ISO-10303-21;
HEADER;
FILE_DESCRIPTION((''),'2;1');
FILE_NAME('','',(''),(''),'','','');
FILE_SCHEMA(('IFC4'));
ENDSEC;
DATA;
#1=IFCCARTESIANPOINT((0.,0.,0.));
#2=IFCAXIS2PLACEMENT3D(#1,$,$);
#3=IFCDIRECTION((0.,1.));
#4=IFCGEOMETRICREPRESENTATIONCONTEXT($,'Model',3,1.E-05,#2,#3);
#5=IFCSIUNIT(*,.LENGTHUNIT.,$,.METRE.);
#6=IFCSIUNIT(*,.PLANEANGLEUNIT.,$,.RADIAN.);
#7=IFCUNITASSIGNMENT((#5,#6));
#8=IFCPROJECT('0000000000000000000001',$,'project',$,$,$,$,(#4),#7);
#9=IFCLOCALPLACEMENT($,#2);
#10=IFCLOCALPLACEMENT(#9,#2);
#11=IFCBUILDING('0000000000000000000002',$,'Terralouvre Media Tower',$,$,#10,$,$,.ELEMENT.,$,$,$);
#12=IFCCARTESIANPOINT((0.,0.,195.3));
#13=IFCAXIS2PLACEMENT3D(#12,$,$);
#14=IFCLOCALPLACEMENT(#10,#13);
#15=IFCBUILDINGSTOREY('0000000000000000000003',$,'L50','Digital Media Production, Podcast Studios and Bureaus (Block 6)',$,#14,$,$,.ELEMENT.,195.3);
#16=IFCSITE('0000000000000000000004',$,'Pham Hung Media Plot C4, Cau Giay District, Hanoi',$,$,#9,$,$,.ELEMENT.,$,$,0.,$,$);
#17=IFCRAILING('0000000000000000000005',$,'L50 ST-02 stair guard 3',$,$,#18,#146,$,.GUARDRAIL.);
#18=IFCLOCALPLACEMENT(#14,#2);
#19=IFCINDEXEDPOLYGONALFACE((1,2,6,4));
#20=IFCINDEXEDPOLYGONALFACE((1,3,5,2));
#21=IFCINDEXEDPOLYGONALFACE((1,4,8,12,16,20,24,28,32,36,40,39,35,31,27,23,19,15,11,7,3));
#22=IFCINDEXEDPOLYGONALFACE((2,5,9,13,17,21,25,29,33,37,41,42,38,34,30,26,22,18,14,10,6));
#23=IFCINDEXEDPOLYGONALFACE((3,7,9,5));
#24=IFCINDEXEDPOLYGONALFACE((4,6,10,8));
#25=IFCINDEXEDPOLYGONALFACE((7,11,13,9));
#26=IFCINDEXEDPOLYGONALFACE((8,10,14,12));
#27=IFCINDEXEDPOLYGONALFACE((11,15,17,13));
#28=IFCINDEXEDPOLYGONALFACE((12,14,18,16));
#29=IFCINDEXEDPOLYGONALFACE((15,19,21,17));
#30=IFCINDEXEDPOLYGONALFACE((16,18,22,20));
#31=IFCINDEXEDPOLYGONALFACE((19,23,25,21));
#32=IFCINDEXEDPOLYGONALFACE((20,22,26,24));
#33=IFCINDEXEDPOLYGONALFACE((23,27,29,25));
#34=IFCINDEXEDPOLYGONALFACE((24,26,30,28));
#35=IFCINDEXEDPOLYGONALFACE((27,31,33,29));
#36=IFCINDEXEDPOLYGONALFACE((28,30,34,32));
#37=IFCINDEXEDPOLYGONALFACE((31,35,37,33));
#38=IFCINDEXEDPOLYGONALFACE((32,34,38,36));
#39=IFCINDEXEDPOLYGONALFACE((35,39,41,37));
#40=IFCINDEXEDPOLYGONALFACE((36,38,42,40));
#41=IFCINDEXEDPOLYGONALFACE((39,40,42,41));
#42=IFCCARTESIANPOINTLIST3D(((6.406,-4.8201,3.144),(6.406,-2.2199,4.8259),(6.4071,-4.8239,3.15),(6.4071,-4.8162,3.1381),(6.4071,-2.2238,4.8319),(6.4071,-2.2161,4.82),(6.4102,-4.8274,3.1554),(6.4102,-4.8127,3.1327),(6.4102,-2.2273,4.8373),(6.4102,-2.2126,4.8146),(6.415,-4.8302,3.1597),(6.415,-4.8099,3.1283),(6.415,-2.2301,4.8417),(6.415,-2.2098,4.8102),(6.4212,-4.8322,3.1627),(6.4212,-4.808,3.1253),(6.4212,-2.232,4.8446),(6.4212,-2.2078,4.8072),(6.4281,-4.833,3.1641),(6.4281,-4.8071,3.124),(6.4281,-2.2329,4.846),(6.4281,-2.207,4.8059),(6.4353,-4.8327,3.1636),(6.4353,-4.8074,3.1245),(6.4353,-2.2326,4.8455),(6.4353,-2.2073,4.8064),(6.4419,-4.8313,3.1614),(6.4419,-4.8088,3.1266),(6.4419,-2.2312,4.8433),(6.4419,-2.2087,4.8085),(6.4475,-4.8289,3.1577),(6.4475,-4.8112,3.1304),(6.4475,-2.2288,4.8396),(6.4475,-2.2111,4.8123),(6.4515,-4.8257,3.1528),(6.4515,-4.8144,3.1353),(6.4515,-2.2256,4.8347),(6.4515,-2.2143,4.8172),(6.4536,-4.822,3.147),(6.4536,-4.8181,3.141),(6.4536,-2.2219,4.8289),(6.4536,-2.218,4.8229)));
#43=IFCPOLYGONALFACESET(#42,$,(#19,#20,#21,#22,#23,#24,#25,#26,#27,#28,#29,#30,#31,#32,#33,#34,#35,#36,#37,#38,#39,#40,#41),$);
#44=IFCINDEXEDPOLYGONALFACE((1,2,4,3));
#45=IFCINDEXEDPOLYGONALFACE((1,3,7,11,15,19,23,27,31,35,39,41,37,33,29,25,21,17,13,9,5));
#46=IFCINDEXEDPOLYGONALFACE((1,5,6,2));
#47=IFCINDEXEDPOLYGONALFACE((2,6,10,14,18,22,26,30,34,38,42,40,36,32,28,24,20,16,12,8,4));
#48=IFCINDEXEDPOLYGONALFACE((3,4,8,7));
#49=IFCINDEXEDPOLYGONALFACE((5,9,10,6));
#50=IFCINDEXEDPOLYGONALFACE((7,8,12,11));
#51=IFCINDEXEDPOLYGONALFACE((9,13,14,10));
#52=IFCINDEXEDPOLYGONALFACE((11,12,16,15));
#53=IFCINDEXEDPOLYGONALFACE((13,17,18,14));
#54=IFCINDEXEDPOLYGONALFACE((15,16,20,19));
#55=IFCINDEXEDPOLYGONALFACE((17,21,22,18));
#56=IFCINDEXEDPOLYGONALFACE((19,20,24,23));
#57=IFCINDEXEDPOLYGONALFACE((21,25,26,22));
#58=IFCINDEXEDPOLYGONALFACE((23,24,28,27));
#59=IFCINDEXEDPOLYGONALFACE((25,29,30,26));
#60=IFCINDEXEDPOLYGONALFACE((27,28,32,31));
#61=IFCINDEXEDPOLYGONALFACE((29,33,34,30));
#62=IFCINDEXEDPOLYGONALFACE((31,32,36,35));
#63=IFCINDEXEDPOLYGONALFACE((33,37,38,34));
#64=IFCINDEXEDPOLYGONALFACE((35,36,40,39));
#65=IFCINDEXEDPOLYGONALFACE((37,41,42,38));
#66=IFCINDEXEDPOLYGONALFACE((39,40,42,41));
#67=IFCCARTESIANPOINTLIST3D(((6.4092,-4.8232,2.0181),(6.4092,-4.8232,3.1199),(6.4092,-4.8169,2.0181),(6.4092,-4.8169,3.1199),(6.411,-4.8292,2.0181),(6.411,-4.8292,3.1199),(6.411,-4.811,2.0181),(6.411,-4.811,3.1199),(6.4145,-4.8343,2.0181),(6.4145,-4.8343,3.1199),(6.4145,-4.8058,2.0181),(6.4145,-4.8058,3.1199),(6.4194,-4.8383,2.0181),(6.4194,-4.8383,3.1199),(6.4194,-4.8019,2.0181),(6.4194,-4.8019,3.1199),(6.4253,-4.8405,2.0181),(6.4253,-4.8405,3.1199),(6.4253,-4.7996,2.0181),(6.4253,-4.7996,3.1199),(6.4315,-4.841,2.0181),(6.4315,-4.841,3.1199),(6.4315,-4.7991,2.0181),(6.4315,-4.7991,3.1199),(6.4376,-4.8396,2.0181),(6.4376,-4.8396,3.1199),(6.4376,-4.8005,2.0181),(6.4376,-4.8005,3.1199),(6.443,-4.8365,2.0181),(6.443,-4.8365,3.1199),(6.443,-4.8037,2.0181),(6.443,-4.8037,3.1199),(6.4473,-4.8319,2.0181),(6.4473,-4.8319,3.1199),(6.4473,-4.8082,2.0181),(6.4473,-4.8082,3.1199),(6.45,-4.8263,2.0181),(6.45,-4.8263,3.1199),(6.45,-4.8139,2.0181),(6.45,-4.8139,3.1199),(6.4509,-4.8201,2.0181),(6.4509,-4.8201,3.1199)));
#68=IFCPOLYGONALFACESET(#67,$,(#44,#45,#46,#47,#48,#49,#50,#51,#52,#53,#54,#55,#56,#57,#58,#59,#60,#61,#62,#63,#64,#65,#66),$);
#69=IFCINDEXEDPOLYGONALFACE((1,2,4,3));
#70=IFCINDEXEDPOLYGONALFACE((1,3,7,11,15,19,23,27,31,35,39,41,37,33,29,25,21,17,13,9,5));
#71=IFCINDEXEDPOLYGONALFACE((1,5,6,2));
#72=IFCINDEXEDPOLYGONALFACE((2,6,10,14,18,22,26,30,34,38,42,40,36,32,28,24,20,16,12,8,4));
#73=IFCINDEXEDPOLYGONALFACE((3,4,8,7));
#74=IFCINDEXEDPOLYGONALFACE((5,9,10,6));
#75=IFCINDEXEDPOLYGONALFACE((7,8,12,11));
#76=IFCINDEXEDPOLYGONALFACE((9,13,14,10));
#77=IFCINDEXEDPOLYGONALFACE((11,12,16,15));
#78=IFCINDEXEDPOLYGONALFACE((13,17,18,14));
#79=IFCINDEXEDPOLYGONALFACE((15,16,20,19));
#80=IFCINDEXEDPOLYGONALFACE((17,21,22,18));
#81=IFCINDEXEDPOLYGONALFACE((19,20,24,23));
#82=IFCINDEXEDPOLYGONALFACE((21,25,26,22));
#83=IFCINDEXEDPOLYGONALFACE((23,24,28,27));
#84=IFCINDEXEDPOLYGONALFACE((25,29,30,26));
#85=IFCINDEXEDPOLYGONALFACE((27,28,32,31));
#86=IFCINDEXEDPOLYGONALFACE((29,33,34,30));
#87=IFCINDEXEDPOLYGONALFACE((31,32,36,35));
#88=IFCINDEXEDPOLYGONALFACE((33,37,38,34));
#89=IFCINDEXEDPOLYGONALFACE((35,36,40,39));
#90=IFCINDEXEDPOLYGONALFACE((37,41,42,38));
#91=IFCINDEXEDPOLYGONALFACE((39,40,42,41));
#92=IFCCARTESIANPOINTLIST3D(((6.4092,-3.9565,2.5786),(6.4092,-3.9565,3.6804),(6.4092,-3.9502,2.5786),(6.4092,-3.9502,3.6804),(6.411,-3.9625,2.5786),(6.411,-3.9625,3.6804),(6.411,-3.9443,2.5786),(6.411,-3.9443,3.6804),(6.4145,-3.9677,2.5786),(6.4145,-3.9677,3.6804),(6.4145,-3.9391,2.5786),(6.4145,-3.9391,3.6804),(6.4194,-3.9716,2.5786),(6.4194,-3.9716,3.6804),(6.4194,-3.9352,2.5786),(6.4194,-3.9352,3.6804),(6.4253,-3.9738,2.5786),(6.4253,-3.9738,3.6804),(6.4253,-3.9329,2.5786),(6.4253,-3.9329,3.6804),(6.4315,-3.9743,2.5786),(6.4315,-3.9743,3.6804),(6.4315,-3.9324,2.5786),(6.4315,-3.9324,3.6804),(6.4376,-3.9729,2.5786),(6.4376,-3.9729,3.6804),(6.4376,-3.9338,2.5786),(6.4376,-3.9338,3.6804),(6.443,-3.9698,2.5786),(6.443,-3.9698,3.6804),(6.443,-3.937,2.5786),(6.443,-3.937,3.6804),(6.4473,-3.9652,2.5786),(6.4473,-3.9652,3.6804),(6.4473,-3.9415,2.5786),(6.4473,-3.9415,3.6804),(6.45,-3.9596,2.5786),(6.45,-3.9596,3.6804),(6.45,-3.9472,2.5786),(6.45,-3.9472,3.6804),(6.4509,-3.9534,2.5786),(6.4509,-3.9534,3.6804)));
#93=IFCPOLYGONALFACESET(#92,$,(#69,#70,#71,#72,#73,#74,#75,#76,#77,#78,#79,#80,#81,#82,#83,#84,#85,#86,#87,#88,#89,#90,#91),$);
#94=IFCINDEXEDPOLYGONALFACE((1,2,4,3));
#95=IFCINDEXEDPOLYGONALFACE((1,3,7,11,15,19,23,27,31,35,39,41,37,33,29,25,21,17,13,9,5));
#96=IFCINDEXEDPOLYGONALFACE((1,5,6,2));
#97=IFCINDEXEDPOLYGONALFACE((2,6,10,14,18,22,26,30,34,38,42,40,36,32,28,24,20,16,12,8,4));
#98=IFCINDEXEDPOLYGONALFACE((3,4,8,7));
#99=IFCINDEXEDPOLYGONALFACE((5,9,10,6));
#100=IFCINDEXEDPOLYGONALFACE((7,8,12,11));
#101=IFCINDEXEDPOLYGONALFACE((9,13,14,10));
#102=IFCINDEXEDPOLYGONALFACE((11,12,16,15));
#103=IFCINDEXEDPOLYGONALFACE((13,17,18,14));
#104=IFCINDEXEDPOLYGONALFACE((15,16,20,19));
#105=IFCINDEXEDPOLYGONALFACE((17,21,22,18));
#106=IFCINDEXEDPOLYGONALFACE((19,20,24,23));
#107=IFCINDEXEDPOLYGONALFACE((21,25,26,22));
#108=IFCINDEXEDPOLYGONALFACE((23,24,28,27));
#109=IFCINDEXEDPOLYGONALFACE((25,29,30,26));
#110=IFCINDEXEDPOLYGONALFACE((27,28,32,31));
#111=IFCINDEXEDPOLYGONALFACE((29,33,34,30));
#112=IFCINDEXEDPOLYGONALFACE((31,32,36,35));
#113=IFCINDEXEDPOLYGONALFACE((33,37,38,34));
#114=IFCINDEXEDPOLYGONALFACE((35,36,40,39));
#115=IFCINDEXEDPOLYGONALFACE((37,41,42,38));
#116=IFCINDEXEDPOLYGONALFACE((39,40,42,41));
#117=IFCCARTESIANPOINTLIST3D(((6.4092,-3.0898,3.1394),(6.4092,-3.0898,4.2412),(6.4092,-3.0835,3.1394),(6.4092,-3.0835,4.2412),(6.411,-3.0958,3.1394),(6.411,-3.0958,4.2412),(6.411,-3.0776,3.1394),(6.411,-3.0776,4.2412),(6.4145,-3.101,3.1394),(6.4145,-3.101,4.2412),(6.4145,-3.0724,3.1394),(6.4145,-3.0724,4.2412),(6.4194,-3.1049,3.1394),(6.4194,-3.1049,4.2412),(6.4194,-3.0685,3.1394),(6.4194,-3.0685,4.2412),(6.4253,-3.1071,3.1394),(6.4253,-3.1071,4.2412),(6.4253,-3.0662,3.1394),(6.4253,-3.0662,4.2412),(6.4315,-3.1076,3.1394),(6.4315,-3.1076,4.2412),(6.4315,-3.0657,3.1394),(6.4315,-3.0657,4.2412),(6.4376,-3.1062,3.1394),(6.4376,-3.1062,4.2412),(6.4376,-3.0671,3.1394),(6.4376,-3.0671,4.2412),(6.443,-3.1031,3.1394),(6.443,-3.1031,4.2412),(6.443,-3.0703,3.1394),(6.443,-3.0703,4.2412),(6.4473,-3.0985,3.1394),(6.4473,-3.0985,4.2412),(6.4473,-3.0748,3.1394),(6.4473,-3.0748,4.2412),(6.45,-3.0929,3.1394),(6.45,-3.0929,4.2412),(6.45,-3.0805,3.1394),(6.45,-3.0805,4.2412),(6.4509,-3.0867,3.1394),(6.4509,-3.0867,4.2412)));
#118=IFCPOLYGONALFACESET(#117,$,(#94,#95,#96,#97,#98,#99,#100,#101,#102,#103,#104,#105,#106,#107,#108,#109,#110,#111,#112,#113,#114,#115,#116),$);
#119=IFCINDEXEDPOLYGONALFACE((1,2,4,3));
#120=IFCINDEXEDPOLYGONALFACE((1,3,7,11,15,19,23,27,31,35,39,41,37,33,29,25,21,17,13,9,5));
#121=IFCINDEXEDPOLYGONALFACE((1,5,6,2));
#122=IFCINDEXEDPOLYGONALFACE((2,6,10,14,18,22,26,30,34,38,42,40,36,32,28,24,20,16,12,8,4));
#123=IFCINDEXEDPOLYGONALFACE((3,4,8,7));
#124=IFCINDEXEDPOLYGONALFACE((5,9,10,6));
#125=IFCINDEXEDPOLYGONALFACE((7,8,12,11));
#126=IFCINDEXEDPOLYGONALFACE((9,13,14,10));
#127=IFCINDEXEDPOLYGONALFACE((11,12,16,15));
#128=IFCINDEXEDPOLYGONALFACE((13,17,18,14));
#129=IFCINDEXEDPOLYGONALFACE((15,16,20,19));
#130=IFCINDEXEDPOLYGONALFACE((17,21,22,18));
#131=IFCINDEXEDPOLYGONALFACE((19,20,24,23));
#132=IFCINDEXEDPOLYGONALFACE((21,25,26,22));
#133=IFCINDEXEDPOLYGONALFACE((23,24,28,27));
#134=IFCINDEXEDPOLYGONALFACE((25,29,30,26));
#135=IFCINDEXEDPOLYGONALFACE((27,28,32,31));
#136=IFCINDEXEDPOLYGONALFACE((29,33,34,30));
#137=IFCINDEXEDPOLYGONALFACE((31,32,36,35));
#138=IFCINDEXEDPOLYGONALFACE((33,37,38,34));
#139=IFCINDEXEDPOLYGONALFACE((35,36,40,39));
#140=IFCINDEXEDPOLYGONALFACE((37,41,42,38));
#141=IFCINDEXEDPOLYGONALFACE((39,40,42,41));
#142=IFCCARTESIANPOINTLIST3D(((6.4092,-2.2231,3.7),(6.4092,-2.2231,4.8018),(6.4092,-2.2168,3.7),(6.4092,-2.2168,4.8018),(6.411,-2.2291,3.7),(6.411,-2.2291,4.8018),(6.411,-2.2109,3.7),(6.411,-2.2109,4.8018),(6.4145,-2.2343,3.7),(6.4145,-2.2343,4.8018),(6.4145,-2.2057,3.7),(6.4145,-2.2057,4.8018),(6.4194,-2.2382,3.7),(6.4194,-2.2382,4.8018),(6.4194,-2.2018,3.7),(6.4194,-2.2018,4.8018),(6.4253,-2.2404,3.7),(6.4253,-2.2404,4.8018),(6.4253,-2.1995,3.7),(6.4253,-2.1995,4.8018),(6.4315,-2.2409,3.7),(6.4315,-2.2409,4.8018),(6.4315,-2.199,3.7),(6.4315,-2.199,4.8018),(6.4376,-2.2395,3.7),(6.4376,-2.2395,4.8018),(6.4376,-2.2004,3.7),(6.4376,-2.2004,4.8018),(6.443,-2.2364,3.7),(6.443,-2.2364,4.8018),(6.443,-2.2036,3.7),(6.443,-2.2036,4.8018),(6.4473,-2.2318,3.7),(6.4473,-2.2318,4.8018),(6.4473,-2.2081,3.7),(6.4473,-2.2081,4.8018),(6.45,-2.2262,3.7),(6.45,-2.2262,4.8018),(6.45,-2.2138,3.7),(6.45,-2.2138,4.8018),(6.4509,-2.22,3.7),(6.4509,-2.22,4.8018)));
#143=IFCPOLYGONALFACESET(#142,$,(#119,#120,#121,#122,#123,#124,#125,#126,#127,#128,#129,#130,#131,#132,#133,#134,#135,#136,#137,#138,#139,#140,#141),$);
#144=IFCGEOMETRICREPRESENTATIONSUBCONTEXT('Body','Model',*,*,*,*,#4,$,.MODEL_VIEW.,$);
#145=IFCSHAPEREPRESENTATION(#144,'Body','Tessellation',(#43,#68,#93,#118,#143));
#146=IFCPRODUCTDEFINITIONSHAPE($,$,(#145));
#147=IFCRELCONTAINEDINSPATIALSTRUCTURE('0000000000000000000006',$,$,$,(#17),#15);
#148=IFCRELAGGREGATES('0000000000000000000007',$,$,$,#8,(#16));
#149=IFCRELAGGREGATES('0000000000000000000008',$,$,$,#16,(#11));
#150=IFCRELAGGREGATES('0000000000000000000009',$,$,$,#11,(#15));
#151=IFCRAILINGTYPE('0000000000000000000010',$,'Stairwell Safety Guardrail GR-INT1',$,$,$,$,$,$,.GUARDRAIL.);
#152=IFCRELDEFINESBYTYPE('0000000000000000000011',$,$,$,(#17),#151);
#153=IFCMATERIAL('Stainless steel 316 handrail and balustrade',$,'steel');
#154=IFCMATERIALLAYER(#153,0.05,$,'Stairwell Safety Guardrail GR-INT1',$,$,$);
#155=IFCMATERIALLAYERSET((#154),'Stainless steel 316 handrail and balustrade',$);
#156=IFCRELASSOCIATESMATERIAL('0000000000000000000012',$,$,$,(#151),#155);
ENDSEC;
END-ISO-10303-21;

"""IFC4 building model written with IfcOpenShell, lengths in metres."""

from ifc_helpers import new_model, si_unit, direction, frame, origin, origin_2d, place, context, subcontext, project, spatial, circle, extrude, material, layer, layer_set, type_object, element, save


model = new_model("IFC4")

# Units and contexts
model_context = context("Model", 3, precision=1e-05, world=origin(), true_north=direction((0.0, 1.0)))
body_context = subcontext(model_context, "Body", "Model", "MODEL_VIEW")
ifc_project = project(units=[si_unit("LENGTHUNIT", "METRE"), si_unit("PLANEANGLEUNIT", "RADIAN")], contexts=[model_context])

# Site, building, storey
site_placement = place(None, origin())
site = spatial("IfcSite", under=ifc_project, at=site_placement, Name="Pham Hung Media Plot C4, Cau Giay District, Hanoi", CompositionType="ELEMENT", RefElevation=0.0)
building_placement = place(site_placement, origin())
building = spatial("IfcBuilding", under=site, at=building_placement, Name="Terralouvre Media Tower", CompositionType="ELEMENT")
storey_placement = place(building_placement, frame((0.0, 0.0, 195.3)))
storey = spatial("IfcBuildingStorey", under=building, at=storey_placement, Name="L50", Description="Digital Media Production, Podcast Studios and Bureaus (Block 6)", CompositionType="ELEMENT", Elevation=195.3)

# Railing
ifc_material_1 = material(Name="Stainless steel 316 handrail and balustrade", Category="steel")
ifc_layer_1 = layer(ifc_material_1, 0.05, Name="Stairwell Safety Guardrail GR-INT1")
ifc_layer_set_1 = layer_set([ifc_layer_1], Name="Stainless steel 316 handrail and balustrade")
railing_type_1 = type_object("IfcRailingType", Name="Stairwell Safety Guardrail GR-INT1", PredefinedType="GUARDRAIL", material=ifc_layer_set_1)
railing_1_placement = place(storey_placement, frame((6.4299, -4.8201, 2.0181)))
element("IfcRailing", 1, at=railing_1_placement, inside=storey, type_object=railing_type_1, Name="L50 ST-02 stair guard 3", PredefinedType="GUARDRAIL", context=body_context, shape_type="SweptSolid", body=[
    extrude(circle(Radius=0.0239, at=origin_2d()), frame((0.0, 0.0, 1.126), z_axis=(0.0, 0.839648, 0.54313), x_axis=(-1.0, 0.0, 0.0)), (0.0, 0.0, 1.0), 3.0967),
    extrude(circle(Radius=0.021, at=origin_2d()), origin(), (0.0, 0.0, 1.0), 1.1018),
    extrude(circle(Radius=0.021, at=origin_2d()), frame((0.0, 0.8667, 0.5605)), (0.0, 0.0, 1.0), 1.1018),
    extrude(circle(Radius=0.021, at=origin_2d()), frame((0.0, 1.7334, 1.1213)), (0.0, 0.0, 1.0), 1.1018),
    extrude(circle(Radius=0.021, at=origin_2d()), frame((0.0, 2.6001, 1.6819)), (0.0, 0.0, 1.0), 1.1018),
])

save(model, "model.ifc")
